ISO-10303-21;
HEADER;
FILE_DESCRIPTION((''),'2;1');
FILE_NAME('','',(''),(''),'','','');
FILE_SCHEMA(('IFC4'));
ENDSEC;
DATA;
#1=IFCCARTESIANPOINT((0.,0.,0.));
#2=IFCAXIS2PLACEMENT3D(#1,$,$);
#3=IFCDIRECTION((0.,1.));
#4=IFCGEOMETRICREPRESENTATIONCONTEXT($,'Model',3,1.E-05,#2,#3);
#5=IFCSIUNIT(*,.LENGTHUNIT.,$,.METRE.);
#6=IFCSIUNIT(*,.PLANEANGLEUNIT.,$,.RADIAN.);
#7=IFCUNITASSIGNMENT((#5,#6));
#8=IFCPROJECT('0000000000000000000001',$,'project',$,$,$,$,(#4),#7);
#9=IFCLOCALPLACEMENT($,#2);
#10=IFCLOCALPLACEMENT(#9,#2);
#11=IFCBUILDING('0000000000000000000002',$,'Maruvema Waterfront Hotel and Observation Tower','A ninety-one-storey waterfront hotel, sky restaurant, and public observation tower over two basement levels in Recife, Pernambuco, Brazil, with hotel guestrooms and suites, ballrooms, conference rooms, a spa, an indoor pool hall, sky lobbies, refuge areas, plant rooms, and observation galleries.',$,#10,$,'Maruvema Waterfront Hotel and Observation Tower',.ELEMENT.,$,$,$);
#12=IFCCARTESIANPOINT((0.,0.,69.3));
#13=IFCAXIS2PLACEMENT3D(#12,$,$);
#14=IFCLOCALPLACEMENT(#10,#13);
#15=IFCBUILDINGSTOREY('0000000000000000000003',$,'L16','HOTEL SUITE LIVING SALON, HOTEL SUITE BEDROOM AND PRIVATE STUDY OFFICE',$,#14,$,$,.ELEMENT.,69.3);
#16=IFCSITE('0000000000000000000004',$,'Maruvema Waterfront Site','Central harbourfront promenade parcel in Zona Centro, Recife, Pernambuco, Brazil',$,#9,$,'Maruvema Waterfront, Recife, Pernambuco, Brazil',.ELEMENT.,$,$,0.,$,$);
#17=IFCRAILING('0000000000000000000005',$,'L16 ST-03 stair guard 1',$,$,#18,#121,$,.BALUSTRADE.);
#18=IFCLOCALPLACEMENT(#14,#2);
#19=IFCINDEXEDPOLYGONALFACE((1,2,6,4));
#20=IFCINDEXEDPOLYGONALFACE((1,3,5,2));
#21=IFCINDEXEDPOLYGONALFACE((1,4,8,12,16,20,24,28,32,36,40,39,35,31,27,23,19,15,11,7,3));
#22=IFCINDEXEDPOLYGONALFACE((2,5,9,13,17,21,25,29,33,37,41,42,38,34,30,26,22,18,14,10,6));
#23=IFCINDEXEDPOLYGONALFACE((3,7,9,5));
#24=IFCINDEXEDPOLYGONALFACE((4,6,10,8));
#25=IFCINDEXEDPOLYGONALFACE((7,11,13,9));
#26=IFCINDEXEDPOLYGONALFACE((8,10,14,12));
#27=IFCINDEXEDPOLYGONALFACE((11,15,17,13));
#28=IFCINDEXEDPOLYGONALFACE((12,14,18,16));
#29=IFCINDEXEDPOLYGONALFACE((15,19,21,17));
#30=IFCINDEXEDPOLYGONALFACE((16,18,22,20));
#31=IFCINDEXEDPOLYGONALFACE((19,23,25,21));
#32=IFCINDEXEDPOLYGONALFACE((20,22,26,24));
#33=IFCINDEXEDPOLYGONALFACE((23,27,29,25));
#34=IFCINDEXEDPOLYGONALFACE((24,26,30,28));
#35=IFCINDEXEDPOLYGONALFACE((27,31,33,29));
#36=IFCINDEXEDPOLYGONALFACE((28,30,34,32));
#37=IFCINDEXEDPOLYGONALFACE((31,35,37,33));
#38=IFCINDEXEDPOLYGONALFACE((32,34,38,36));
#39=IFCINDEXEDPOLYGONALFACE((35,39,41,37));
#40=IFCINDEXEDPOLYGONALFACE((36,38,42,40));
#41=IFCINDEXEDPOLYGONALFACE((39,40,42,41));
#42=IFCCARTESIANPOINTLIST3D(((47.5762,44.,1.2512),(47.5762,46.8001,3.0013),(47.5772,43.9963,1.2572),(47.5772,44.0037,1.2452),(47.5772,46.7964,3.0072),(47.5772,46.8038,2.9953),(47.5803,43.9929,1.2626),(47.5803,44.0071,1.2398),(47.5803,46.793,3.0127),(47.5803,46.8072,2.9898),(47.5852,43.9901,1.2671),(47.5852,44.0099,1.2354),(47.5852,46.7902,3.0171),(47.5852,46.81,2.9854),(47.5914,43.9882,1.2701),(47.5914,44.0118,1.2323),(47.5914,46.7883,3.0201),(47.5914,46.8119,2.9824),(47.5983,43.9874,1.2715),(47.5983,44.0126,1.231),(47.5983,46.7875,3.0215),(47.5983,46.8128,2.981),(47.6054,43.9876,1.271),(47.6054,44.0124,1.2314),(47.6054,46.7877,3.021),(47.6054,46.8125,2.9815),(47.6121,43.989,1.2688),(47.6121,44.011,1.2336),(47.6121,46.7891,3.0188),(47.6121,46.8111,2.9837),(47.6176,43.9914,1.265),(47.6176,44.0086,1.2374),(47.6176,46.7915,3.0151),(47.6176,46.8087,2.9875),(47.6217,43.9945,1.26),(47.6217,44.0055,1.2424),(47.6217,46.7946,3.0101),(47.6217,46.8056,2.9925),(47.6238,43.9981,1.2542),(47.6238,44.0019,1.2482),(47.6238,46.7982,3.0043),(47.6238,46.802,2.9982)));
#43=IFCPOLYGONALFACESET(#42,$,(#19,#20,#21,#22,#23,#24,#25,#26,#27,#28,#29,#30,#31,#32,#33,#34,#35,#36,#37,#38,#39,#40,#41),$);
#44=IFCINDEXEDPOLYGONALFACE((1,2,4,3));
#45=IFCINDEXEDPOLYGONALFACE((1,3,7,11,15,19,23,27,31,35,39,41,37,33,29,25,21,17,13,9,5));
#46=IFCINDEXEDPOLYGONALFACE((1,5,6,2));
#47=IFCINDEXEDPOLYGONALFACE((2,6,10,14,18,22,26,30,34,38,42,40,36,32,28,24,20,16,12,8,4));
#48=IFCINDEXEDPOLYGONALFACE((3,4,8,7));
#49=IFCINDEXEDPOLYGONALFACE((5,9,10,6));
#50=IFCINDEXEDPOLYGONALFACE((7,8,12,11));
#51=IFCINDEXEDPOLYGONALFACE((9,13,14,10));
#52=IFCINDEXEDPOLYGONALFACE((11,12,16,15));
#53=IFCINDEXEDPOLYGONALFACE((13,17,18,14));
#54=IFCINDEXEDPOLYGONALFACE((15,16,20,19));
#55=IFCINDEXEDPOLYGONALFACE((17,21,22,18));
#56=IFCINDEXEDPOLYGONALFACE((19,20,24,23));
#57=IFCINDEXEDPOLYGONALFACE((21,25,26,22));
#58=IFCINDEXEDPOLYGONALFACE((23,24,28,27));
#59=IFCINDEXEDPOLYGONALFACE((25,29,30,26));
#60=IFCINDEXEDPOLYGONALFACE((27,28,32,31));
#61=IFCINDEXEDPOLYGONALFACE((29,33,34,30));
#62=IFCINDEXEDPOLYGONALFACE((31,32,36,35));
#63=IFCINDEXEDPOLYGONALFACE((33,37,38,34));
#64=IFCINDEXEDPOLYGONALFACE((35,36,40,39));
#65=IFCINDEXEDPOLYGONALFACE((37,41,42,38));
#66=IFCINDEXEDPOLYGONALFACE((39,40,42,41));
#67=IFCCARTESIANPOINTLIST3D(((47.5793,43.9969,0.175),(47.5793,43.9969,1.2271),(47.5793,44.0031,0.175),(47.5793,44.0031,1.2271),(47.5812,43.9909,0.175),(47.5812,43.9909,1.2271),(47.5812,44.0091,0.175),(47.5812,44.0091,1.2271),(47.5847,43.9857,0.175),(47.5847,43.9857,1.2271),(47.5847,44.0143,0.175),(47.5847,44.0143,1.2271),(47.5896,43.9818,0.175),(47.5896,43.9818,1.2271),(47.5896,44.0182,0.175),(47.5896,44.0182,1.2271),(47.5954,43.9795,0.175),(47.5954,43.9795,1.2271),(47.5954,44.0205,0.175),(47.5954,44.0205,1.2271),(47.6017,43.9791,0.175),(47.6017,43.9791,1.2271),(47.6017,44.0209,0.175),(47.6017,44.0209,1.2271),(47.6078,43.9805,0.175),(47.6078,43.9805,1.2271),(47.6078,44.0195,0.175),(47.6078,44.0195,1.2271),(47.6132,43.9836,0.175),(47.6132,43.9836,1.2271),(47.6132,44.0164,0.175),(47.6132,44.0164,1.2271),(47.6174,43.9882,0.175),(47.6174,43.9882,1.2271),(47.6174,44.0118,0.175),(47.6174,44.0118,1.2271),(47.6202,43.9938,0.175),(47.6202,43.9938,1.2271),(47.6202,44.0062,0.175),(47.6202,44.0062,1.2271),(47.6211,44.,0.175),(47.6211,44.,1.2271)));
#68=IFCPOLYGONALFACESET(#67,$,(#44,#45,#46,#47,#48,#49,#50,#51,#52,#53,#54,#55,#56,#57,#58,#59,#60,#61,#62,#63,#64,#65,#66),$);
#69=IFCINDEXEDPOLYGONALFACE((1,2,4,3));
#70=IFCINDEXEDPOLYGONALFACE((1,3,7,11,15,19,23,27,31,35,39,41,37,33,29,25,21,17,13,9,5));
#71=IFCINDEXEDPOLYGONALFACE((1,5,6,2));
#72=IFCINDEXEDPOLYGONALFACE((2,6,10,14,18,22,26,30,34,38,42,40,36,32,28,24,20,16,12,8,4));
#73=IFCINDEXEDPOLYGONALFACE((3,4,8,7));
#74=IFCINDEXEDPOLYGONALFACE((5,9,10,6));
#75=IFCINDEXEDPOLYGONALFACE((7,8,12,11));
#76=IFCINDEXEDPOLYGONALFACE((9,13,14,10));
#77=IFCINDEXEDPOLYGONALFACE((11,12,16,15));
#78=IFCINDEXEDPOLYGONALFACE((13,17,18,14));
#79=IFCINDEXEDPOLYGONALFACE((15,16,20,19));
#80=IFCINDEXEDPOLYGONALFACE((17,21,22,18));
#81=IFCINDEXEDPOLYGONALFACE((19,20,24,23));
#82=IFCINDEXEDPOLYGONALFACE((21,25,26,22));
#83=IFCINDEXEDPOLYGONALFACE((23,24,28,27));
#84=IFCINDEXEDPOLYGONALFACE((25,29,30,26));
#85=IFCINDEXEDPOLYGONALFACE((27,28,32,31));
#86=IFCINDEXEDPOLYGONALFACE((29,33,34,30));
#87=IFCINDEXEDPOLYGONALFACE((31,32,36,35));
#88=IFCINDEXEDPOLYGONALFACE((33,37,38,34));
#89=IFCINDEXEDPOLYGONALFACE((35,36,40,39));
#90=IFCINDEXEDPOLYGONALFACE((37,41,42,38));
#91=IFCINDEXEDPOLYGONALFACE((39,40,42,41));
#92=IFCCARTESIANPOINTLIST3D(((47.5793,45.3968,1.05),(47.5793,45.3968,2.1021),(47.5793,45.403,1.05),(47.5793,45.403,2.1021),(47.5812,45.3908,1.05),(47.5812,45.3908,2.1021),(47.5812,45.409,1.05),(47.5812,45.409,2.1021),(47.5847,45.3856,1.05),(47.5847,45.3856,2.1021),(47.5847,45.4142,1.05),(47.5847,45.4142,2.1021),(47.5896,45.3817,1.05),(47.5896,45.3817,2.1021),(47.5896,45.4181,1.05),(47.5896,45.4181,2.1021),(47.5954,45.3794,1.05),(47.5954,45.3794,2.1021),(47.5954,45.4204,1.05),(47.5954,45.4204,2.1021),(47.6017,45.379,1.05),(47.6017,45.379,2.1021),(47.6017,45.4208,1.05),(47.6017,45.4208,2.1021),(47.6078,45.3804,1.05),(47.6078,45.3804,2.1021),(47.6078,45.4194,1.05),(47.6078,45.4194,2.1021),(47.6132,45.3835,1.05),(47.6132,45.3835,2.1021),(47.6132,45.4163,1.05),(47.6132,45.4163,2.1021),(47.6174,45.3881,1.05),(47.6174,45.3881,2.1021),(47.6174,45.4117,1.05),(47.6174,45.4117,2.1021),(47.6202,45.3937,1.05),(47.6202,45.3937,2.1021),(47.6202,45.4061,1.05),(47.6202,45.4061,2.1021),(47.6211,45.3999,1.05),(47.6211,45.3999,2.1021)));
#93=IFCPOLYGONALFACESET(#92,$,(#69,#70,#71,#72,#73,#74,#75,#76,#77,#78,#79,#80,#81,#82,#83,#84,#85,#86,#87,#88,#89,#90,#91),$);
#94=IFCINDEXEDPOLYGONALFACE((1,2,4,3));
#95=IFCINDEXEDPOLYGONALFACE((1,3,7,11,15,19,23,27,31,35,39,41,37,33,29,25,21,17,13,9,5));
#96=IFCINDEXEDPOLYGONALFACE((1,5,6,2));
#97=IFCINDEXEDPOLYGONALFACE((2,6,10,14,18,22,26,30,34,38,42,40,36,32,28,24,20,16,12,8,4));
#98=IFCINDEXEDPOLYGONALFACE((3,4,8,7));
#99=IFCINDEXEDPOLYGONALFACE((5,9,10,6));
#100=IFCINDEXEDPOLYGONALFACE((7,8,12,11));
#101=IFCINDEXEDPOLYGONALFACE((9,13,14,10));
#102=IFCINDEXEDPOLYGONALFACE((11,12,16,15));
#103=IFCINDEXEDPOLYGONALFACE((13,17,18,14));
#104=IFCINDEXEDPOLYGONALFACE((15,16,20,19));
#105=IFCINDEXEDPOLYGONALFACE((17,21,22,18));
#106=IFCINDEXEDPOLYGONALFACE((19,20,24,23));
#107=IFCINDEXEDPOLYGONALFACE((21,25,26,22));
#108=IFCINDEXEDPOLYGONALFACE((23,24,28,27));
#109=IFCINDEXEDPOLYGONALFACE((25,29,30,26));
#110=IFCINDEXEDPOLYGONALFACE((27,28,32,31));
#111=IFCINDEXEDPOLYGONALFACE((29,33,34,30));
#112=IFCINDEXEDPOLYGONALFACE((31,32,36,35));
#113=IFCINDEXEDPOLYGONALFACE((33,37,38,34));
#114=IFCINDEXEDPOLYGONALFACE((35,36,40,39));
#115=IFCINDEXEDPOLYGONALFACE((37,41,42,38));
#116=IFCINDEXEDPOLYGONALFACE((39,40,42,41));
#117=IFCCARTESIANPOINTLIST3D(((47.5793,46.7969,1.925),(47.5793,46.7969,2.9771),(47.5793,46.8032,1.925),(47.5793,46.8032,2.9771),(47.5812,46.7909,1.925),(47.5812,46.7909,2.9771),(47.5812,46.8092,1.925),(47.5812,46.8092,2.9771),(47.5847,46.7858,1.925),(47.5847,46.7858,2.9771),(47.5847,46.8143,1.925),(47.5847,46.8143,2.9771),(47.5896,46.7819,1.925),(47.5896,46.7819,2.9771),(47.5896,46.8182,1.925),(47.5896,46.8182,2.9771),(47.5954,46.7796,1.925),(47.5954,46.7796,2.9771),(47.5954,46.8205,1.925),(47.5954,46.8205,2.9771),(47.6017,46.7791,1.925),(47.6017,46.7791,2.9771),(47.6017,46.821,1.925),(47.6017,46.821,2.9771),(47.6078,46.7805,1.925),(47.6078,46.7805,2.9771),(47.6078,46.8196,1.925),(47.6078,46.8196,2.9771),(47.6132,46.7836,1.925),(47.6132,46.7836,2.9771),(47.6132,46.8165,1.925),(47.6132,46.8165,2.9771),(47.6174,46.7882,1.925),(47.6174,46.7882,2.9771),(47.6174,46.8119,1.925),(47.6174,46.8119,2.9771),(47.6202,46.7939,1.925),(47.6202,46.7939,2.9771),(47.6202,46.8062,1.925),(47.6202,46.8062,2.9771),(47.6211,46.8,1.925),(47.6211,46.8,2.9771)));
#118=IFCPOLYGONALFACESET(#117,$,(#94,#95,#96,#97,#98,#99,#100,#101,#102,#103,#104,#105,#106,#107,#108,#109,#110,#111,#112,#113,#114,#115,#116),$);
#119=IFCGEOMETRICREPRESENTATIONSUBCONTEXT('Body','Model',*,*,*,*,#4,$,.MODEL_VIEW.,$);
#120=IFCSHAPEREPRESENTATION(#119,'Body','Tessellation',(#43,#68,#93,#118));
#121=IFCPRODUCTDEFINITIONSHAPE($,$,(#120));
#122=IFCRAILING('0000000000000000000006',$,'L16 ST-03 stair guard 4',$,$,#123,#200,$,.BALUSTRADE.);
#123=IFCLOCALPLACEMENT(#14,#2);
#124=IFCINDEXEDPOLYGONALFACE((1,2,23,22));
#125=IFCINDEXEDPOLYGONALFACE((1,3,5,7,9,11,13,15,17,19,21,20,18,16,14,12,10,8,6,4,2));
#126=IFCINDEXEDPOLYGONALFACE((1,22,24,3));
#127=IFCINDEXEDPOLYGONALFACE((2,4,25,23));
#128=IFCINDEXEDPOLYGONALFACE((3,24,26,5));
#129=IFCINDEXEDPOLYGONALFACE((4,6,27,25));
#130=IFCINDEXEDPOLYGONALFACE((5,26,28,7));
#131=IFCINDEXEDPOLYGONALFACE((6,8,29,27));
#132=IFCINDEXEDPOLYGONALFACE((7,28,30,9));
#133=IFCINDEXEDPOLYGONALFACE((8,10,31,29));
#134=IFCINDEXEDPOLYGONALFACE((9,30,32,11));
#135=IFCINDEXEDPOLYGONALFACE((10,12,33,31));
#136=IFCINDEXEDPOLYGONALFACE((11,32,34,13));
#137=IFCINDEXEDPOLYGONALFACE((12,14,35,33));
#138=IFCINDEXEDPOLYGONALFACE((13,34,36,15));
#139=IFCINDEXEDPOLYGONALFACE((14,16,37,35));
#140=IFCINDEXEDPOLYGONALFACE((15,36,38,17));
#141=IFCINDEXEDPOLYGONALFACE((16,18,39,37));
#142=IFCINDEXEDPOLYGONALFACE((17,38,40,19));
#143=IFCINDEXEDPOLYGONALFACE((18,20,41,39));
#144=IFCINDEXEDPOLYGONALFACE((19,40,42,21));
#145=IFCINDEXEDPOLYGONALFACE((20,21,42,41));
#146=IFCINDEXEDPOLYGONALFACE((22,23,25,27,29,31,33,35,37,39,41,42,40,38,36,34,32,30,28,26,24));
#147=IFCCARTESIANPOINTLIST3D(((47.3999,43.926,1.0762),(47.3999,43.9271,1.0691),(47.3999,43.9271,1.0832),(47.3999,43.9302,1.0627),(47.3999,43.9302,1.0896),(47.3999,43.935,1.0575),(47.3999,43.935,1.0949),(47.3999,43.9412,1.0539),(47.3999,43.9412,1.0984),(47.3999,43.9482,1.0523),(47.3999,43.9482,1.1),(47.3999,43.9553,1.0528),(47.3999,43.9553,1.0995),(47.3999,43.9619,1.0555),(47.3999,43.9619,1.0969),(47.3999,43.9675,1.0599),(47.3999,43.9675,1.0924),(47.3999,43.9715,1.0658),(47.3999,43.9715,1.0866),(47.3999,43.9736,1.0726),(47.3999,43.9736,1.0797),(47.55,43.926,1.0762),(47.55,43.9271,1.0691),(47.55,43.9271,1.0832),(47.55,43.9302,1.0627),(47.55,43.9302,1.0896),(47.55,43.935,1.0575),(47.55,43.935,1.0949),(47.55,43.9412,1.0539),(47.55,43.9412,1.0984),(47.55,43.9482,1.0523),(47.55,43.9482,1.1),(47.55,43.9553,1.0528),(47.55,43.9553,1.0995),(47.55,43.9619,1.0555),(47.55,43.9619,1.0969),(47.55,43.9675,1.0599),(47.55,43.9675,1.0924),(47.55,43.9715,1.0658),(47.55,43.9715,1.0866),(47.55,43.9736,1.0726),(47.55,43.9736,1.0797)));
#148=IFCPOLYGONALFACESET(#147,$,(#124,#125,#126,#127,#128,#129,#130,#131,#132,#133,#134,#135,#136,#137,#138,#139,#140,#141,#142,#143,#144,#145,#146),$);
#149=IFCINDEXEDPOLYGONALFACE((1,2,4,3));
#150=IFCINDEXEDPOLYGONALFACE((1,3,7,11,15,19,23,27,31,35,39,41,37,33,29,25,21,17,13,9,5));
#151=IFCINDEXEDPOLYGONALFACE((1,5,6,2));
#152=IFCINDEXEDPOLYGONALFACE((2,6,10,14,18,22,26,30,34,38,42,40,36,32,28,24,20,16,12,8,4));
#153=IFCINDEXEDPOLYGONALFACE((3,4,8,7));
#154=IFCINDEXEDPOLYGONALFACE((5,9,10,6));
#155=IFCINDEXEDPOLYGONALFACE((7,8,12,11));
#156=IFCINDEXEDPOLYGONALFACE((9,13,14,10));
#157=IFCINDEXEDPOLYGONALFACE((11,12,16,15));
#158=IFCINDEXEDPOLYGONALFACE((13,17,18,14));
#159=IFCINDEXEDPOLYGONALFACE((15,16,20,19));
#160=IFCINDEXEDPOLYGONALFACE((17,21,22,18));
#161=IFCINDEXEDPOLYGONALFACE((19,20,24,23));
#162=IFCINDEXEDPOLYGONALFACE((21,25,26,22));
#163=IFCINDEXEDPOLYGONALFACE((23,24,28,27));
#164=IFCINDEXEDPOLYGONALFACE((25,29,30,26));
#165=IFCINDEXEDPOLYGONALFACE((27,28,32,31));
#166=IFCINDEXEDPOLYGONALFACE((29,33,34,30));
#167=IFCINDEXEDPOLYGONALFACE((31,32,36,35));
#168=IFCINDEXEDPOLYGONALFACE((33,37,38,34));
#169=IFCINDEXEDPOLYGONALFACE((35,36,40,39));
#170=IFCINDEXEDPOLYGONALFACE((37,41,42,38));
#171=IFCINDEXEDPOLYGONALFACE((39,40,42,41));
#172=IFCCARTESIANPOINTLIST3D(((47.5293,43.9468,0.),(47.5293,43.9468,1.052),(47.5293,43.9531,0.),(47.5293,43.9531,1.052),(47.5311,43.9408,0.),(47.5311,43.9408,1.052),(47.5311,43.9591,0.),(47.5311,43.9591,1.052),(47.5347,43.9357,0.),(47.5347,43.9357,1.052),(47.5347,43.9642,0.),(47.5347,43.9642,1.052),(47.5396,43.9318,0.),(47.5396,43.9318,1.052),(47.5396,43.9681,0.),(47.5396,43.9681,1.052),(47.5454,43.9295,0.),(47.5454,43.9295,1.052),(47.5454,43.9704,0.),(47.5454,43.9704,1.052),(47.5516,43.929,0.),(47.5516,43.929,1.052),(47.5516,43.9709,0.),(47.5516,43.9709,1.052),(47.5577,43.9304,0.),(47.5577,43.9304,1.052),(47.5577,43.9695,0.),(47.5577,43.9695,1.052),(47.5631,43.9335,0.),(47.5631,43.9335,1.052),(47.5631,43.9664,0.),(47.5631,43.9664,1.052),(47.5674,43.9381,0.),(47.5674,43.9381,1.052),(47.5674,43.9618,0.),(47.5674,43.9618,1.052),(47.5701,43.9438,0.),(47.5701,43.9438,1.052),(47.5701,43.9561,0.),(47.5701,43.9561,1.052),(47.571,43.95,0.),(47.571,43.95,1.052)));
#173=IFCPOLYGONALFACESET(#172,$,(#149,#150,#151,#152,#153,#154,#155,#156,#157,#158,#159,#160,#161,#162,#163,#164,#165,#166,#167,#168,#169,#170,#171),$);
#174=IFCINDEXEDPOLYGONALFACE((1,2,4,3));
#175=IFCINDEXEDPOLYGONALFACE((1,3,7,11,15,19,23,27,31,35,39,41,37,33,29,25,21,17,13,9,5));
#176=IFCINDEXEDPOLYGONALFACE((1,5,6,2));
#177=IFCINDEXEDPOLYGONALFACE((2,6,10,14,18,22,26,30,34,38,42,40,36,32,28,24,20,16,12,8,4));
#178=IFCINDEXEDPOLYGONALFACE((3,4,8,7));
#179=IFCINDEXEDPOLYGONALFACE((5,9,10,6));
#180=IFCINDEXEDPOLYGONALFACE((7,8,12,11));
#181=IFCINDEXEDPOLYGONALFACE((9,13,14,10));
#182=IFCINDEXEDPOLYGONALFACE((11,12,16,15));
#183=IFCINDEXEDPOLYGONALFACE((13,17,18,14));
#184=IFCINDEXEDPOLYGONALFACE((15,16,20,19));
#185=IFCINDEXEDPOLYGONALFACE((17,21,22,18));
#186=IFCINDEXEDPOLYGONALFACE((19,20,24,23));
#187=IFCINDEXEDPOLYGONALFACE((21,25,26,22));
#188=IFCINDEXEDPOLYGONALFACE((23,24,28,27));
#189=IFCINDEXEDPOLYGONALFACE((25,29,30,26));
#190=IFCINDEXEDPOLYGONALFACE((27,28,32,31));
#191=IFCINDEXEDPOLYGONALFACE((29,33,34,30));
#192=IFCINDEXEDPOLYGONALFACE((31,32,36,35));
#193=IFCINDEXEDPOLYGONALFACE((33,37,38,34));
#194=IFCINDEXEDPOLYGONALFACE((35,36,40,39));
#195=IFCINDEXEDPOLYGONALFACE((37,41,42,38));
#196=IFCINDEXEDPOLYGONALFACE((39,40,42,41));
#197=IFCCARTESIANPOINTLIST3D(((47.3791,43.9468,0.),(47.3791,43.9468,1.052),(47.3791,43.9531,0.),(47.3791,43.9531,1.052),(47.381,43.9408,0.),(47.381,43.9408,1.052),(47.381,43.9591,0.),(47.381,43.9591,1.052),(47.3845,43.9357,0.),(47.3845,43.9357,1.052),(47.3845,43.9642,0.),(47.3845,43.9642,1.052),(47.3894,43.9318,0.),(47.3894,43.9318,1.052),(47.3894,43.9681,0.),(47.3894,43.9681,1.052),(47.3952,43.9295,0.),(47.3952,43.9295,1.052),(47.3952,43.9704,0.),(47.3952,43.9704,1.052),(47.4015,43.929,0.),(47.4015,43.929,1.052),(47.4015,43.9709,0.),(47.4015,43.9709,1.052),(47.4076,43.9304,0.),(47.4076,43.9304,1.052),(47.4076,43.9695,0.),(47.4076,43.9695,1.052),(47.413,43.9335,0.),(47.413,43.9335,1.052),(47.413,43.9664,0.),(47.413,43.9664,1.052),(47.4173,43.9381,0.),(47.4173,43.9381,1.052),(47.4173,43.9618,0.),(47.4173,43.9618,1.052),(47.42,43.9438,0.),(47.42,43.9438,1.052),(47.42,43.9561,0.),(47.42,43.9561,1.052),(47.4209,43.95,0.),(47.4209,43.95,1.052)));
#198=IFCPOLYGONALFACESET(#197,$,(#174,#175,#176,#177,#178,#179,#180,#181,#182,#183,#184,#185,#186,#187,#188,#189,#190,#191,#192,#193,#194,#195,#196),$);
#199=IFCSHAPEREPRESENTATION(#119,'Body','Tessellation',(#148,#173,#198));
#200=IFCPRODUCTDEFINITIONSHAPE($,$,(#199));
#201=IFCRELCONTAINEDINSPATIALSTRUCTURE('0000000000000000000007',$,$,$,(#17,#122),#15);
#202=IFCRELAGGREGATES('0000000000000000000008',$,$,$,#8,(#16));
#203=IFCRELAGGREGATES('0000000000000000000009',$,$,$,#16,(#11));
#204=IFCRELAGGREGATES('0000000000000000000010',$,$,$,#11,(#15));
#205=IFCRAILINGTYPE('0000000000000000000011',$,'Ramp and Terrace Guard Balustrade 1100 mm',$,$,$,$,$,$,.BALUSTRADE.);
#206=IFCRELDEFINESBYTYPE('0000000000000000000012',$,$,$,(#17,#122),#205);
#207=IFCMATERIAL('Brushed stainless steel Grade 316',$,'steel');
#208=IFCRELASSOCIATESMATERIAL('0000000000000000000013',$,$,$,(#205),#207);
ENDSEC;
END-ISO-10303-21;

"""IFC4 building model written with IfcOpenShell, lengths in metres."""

from ifc_helpers import new_model, si_unit, direction, frame, origin, origin_2d, place, context, subcontext, project, spatial, circle, extrude, material, type_object, element, save


model = new_model("IFC4")

# Units and contexts
model_context = context("Model", 3, precision=1e-05, world=origin(), true_north=direction((0.0, 1.0)))
body_context = subcontext(model_context, "Body", "Model", "MODEL_VIEW")
ifc_project = project(units=[si_unit("LENGTHUNIT", "METRE"), si_unit("PLANEANGLEUNIT", "RADIAN")], contexts=[model_context])

# Site, building, storey
site_placement = place(None, origin())
site = spatial("IfcSite", under=ifc_project, at=site_placement, Name="Maruvema Waterfront Site", Description="Central harbourfront promenade parcel in Zona Centro, Recife, Pernambuco, Brazil", LongName="Maruvema Waterfront, Recife, Pernambuco, Brazil", CompositionType="ELEMENT", RefElevation=0.0)
building_placement = place(site_placement, origin())
building = spatial("IfcBuilding", under=site, at=building_placement, Name="Maruvema Waterfront Hotel and Observation Tower", Description="A ninety-one-storey waterfront hotel, sky restaurant, and public observation tower over two basement levels in Recife, Pernambuco, Brazil, with hotel guestrooms and suites, ballrooms, conference rooms, a spa, an indoor pool hall, sky lobbies, refuge areas, plant rooms, and observation galleries.", LongName="Maruvema Waterfront Hotel and Observation Tower", CompositionType="ELEMENT")
storey_placement = place(building_placement, frame((0.0, 0.0, 69.3)))
storey = spatial("IfcBuildingStorey", under=building, at=storey_placement, Name="L16", Description="HOTEL SUITE LIVING SALON, HOTEL SUITE BEDROOM AND PRIVATE STUDY OFFICE", CompositionType="ELEMENT", Elevation=69.3)

# Railings
ifc_material_1 = material(Name="Brushed stainless steel Grade 316", Category="steel")
railing_type_1 = type_object("IfcRailingType", Name="Ramp and Terrace Guard Balustrade 1100 mm", PredefinedType="BALUSTRADE", material=ifc_material_1)
railing_1_placement = place(storey_placement, frame((47.6001, 44.0, 0.175)))
element("IfcRailing", 1, at=railing_1_placement, inside=storey, type_object=railing_type_1, Name="L16 ST-03 stair guard 1", PredefinedType="BALUSTRADE", context=body_context, shape_type="SweptSolid", body=[
    extrude(circle(Radius=0.0239, at=origin_2d()), frame((0.0, 0.0, 1.0762), z_axis=(0.0, 0.848002, 0.529992), x_axis=(-1.0, 0.0, 0.0)), (0.0, 0.0, 1.0), 3.302),
    extrude(circle(Radius=0.021, at=origin_2d()), origin(), (0.0, 0.0, 1.0), 1.052),
    extrude(circle(Radius=0.021, at=origin_2d()), frame((0.0, 1.3999, 0.875)), (0.0, 0.0, 1.0), 1.052),
    extrude(circle(Radius=0.021, at=origin_2d()), frame((0.0, 2.8, 1.75)), (0.0, 0.0, 1.0), 1.052),
])
railing_2_placement = place(storey_placement, frame((47.55, 43.95, 0.0)))
element("IfcRailing", 2, at=railing_2_placement, inside=storey, type_object=railing_type_1, Name="L16 ST-03 stair guard 4", PredefinedType="BALUSTRADE", context=body_context, shape_type="SweptSolid", body=[
    extrude(circle(Radius=0.0239, at=origin_2d()), frame((0.0, 0.0, 1.0762), z_axis=(-1.0, 0.0, 0.0), x_axis=(0.0, -1.0, 0.0)), (0.0, 0.0, 1.0), 0.1501),
    extrude(circle(Radius=0.021, at=origin_2d()), origin(), (0.0, 0.0, 1.0), 1.052),
    extrude(circle(Radius=0.021, at=origin_2d()), frame((-0.1501, 0.0, 0.0)), (0.0, 0.0, 1.0), 1.052),
])

save(model, "model.ifc")
